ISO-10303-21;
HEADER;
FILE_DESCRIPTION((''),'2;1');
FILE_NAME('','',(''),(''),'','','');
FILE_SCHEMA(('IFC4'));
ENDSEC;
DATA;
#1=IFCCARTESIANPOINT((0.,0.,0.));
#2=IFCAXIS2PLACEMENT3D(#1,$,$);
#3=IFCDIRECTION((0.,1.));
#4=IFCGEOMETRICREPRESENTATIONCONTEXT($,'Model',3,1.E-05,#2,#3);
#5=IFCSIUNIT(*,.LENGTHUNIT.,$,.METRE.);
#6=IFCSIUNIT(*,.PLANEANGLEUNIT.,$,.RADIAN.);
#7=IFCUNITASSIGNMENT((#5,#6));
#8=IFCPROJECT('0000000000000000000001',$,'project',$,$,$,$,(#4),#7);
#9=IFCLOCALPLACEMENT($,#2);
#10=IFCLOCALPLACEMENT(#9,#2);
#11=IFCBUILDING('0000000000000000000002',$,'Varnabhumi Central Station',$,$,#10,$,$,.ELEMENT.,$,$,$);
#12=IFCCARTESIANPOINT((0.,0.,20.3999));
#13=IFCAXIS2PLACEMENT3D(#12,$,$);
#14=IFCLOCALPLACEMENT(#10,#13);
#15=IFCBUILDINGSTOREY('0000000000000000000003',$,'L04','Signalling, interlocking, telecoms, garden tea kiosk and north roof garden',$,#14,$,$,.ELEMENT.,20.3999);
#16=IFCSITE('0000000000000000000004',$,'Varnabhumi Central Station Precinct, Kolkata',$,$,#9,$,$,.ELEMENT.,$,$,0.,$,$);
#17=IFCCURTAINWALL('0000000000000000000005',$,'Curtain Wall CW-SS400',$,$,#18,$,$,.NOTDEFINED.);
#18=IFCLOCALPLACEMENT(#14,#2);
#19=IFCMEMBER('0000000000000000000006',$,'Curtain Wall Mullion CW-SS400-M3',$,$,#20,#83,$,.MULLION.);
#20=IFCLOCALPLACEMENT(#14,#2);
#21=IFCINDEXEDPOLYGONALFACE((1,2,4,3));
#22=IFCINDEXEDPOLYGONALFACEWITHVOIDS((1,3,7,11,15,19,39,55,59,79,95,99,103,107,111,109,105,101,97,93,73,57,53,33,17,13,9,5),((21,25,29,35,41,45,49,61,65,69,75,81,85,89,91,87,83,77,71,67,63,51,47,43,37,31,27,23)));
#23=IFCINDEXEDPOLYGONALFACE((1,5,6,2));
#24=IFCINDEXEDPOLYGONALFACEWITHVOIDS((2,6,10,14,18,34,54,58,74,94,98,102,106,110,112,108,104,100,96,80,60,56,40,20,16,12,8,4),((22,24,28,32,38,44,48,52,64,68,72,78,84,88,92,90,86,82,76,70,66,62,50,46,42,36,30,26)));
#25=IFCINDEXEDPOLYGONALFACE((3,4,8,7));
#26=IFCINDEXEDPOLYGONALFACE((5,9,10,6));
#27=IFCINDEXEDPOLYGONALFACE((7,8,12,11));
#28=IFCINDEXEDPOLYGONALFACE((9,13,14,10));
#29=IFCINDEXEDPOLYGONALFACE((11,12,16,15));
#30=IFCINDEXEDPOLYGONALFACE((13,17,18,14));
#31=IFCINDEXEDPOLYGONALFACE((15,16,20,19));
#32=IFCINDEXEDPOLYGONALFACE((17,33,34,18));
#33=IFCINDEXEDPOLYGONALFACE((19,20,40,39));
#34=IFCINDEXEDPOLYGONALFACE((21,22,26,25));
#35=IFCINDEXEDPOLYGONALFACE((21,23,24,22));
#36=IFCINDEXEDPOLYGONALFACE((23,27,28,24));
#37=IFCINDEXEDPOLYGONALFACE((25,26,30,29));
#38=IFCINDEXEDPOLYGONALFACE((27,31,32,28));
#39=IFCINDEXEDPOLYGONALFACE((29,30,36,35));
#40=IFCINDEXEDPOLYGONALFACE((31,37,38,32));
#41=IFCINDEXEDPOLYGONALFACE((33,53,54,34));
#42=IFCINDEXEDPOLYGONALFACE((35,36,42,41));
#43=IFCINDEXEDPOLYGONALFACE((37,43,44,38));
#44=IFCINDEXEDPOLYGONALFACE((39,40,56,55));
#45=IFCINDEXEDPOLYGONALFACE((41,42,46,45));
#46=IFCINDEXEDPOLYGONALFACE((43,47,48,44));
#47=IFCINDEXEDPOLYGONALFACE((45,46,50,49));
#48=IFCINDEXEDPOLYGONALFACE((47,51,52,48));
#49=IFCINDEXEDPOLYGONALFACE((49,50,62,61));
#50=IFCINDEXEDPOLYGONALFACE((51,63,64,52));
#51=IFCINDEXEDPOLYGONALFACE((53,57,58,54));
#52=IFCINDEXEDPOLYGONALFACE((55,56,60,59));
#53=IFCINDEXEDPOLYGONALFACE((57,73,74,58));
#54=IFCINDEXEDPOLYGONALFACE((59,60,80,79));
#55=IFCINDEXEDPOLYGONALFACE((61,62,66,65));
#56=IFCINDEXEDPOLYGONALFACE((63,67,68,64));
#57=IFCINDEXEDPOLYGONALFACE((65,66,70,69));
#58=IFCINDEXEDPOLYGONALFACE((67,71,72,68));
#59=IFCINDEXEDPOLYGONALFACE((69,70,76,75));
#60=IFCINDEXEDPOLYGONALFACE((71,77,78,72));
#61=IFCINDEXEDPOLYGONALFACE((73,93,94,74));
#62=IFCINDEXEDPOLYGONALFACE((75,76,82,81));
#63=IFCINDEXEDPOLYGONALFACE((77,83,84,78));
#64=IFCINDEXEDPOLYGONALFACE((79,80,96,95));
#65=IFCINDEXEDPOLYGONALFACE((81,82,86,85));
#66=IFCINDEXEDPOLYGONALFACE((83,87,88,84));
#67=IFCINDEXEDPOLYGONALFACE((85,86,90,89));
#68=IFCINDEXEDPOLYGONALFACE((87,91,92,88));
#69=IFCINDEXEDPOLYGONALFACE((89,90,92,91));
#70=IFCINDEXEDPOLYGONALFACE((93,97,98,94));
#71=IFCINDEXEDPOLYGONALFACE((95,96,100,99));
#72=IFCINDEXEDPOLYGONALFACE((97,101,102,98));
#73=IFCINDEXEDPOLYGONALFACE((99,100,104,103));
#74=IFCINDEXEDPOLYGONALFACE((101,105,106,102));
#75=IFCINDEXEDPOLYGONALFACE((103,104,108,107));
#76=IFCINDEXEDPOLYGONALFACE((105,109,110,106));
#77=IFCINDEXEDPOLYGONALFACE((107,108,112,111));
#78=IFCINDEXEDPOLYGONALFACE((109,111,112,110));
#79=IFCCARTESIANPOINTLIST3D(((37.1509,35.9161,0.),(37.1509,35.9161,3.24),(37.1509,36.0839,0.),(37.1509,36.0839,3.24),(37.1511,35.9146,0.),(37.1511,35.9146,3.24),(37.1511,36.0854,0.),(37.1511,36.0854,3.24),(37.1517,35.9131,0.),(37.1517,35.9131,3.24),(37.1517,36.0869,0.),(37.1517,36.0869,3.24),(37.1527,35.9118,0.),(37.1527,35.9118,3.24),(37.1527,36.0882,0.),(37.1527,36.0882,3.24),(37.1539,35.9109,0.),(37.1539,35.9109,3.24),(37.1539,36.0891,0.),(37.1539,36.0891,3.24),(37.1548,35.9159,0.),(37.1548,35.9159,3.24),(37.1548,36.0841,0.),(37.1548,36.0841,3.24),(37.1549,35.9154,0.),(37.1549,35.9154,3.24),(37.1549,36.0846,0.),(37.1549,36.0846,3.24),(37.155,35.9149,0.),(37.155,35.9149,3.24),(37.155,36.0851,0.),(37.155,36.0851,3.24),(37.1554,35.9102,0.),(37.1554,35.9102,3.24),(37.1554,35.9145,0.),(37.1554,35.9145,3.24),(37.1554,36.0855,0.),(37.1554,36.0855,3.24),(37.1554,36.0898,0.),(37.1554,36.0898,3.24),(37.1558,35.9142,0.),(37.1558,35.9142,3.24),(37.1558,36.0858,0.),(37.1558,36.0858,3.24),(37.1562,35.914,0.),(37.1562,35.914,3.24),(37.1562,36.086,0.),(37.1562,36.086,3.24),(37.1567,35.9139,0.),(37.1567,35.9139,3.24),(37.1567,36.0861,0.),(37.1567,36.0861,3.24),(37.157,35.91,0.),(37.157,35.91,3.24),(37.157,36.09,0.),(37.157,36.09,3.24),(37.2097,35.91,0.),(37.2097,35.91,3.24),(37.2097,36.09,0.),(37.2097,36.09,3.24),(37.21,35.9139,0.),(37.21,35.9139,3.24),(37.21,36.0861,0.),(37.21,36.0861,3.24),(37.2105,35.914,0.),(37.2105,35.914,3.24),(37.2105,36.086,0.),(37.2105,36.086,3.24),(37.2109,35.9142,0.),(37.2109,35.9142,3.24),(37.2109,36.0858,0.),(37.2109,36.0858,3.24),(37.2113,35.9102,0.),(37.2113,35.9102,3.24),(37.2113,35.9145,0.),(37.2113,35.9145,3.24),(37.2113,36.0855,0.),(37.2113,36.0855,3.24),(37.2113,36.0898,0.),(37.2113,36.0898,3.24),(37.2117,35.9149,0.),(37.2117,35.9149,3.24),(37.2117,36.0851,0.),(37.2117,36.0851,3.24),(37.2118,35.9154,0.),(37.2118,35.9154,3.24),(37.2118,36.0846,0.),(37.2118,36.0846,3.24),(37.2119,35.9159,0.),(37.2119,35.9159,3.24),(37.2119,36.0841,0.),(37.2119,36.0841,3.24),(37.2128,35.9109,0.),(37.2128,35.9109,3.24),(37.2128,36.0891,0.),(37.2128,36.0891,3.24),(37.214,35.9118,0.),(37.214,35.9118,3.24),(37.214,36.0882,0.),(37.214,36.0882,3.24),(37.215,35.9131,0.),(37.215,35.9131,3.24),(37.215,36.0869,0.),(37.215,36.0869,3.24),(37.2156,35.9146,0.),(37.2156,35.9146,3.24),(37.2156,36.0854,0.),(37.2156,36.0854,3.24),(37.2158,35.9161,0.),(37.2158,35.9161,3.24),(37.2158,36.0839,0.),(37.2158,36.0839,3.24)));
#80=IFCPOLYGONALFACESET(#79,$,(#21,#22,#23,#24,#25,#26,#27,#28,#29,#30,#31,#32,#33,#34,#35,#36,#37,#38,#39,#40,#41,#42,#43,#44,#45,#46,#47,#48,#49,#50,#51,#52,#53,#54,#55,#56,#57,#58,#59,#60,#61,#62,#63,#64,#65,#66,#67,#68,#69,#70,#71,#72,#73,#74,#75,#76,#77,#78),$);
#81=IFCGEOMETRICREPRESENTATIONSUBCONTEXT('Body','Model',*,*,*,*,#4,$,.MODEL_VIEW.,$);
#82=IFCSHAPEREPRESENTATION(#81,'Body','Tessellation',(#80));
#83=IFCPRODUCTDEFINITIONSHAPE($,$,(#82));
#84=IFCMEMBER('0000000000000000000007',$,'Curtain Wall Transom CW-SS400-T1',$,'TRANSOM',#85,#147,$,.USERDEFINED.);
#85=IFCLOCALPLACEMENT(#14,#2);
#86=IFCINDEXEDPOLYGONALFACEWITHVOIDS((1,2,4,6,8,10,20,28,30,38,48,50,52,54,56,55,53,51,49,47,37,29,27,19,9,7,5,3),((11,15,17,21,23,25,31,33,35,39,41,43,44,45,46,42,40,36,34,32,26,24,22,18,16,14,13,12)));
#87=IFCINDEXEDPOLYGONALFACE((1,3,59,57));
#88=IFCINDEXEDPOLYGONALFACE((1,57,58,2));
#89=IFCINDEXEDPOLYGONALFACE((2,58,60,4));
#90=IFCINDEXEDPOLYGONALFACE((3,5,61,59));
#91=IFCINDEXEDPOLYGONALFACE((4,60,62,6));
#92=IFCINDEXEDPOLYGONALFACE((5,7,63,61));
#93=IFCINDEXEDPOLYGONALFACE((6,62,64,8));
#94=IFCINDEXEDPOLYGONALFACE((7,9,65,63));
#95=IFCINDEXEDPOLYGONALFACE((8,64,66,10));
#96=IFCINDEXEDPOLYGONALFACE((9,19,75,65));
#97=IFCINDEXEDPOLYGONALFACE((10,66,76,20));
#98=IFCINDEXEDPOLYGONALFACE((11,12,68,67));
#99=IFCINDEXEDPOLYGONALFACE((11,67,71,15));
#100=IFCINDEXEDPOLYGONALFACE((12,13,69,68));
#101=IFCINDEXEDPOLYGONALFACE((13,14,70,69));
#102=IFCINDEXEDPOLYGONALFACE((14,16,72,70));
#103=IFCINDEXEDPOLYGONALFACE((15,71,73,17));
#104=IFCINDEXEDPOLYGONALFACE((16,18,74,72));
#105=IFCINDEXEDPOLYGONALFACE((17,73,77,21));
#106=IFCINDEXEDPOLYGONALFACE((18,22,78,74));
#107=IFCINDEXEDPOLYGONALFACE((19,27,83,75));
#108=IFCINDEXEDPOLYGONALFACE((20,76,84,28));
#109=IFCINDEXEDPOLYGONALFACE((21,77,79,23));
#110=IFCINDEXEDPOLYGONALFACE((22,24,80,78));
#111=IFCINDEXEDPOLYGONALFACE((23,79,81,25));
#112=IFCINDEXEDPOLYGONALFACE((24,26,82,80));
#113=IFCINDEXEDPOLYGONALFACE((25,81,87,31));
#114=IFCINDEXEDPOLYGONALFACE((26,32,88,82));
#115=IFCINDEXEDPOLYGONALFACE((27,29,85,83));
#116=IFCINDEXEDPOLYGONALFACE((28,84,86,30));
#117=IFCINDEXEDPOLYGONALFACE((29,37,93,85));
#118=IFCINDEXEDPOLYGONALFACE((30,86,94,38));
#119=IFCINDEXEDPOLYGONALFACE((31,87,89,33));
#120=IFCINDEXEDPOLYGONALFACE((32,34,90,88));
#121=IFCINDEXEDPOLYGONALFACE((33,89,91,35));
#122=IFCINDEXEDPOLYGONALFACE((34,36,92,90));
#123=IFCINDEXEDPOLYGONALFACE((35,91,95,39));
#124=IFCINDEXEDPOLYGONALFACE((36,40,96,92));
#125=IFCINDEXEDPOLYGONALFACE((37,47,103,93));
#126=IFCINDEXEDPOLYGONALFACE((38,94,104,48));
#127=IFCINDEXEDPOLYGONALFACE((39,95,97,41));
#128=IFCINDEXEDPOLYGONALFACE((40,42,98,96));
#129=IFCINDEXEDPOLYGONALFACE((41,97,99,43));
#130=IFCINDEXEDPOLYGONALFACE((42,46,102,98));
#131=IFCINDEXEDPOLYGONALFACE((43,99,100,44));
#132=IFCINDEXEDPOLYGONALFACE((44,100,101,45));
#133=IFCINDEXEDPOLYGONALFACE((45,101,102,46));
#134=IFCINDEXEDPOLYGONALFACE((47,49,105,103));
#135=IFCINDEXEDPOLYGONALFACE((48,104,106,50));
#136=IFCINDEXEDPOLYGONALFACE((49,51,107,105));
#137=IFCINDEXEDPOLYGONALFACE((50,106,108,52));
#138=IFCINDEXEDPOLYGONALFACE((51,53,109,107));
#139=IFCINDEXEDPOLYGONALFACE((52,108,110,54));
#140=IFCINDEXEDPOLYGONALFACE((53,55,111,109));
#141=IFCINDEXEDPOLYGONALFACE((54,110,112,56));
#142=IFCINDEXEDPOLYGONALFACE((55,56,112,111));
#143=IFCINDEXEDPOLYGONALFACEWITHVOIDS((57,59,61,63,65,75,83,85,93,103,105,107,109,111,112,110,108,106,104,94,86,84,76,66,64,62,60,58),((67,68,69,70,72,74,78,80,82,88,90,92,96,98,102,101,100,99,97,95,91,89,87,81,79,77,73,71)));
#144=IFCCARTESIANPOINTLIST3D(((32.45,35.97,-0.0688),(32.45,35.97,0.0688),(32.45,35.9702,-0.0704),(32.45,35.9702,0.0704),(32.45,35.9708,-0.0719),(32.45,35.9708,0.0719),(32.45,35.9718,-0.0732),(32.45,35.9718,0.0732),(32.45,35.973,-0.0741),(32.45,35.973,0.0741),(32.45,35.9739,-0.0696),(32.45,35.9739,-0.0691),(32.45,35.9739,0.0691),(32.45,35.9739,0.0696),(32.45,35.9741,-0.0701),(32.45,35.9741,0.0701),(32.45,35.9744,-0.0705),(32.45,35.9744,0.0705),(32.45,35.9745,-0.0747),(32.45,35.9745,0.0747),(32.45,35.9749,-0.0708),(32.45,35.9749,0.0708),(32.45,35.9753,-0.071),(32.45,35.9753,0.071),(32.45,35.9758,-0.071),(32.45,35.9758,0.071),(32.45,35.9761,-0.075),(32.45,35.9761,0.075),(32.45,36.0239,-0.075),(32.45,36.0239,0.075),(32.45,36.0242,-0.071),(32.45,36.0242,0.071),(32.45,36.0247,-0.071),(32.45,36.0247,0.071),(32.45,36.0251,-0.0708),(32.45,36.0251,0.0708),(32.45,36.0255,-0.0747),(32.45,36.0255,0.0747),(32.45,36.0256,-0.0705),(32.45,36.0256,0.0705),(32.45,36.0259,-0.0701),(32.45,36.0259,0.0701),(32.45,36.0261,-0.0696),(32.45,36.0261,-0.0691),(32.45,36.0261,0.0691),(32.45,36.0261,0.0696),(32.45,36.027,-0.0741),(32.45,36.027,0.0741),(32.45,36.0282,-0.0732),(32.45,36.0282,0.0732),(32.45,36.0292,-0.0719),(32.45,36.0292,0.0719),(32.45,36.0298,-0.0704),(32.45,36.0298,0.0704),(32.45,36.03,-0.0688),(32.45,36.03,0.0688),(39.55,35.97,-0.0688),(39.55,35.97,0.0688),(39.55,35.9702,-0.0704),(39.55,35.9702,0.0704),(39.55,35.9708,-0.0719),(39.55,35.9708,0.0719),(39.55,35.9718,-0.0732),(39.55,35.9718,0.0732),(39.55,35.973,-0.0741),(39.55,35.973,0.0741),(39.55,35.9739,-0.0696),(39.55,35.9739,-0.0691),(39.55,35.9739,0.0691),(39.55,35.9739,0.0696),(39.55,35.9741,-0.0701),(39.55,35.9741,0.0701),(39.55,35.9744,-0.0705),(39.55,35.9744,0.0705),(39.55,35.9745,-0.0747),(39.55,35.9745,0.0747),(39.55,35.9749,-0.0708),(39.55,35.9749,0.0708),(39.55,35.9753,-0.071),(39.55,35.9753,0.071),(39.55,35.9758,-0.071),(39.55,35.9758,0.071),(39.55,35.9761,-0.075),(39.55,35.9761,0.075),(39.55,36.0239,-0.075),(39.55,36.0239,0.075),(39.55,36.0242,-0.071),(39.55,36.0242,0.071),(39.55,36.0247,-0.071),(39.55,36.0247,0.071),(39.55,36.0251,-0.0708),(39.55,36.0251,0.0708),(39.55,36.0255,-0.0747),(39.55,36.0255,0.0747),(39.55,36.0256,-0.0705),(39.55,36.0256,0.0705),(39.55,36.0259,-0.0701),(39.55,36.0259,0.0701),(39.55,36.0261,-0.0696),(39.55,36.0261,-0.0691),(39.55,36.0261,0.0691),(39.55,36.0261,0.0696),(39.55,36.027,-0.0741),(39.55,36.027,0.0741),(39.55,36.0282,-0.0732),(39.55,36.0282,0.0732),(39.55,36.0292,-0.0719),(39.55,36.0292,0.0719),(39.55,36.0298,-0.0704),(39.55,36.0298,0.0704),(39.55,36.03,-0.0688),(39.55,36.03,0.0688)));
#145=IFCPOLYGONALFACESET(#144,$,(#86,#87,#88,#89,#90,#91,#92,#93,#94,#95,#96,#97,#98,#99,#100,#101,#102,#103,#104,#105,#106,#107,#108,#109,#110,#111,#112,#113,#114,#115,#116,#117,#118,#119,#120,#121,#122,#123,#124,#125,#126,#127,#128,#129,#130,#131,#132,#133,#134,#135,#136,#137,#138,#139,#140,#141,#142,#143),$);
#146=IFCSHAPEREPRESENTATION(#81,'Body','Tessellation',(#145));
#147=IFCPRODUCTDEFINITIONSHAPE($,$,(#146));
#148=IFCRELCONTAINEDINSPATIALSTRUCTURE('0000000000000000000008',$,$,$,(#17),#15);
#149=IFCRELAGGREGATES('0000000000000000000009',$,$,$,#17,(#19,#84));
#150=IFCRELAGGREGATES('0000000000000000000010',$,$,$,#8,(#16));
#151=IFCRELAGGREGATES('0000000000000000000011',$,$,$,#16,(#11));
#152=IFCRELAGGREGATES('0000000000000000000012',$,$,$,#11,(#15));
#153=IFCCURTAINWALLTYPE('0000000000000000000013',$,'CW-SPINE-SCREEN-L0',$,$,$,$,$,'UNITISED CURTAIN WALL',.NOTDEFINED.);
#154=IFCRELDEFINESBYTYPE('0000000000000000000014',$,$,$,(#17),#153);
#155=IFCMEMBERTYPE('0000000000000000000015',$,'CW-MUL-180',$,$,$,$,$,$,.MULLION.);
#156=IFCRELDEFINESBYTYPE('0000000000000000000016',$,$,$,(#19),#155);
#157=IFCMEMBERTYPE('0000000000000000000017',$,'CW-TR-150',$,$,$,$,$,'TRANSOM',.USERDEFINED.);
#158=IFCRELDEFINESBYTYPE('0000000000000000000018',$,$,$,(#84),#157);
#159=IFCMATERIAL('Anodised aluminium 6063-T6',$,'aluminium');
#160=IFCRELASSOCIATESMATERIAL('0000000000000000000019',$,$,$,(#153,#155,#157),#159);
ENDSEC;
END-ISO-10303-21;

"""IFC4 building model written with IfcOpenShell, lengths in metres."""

from ifc_helpers import new_model, si_unit, direction, frame, origin, origin_2d, place, context, subcontext, project, spatial, hollow_rectangle, extrude, material, material_profile, profile_set, type_object, element, aggregate, save


model = new_model("IFC4")

# Units and contexts
model_context = context("Model", 3, precision=1e-05, world=origin(), true_north=direction((0.0, 1.0)))
body_context = subcontext(model_context, "Body", "Model", "MODEL_VIEW")
ifc_project = project(units=[si_unit("LENGTHUNIT", "METRE"), si_unit("PLANEANGLEUNIT", "RADIAN")], contexts=[model_context])

# Site, building, storey
site_placement = place(None, origin())
site = spatial("IfcSite", under=ifc_project, at=site_placement, Name="Varnabhumi Central Station Precinct, Kolkata", CompositionType="ELEMENT", RefElevation=0.0)
building_placement = place(site_placement, origin())
building = spatial("IfcBuilding", under=site, at=building_placement, Name="Varnabhumi Central Station", CompositionType="ELEMENT")
storey_placement = place(building_placement, frame((0.0, 0.0, 20.3999)))
storey = spatial("IfcBuildingStorey", under=building, at=storey_placement, Name="L04", Description="Signalling, interlocking, telecoms, garden tea kiosk and north roof garden", CompositionType="ELEMENT", Elevation=20.3999)

# Curtain wall, members
ifc_material_1 = material(Name="Anodised aluminium 6063-T6", Category="aluminium")
curtain_wall_type = type_object("IfcCurtainWallType", Name="CW-SPINE-SCREEN-L0", ElementType="UNITISED CURTAIN WALL", PredefinedType="NOTDEFINED", material=ifc_material_1)
curtain_wall_placement = place(storey_placement, origin())
curtain_wall = element("IfcCurtainWall", 1, at=curtain_wall_placement, inside=storey, type_object=curtain_wall_type, Name="Curtain Wall CW-SS400", PredefinedType="NOTDEFINED")
ifc_material_profile_1 = material_profile(ifc_material_1, hollow_rectangle(XDim=0.0649, YDim=0.1799, WallThickness=0.0039, InnerFilletRadius=0.002, OuterFilletRadius=0.0061, at=origin_2d()), Name="Anodised aluminium 6063-T6", Category="aluminium")
ifc_profile_set_1 = profile_set([ifc_material_profile_1], Name="Anodised aluminium 6063-T6")
member_type_1 = type_object("IfcMemberType", Name="CW-MUL-180", PredefinedType="MULLION", material=ifc_profile_set_1)
member_1_placement = place(storey_placement, frame((37.1833, 36.0, 0.0), z_axis=(0.0, 0.0, 1.0), x_axis=(1.0, 0.0, 0.0)))
member_1 = element("IfcMember", 2, at=member_1_placement, type_object=member_type_1, Name="Curtain Wall Mullion CW-SS400-M3", PredefinedType="MULLION", context=body_context, shape_type="SweptSolid", body=[
    extrude(hollow_rectangle(XDim=0.0649, YDim=0.1799, WallThickness=0.0039, InnerFilletRadius=0.002, OuterFilletRadius=0.0061, at=origin_2d()), origin(), (0.0, 0.0, 1.0), 3.24),
])
ifc_material_profile_2 = material_profile(ifc_material_1, hollow_rectangle(XDim=0.0601, YDim=0.1499, WallThickness=0.0039, InnerFilletRadius=0.002, OuterFilletRadius=0.0061, at=origin_2d()), Name="Anodised aluminium 6063-T6", Category="aluminium")
ifc_profile_set_2 = profile_set([ifc_material_profile_2], Name="Anodised aluminium 6063-T6")
member_type_2 = type_object("IfcMemberType", Name="CW-TR-150", ElementType="TRANSOM", PredefinedType="USERDEFINED", material=ifc_profile_set_2)
member_2_placement = place(storey_placement, frame((32.45, 36.0, 0.0), z_axis=(1.0, 0.0, 0.0), x_axis=(0.0, 1.0, 0.0)))
member_2 = element("IfcMember", 3, at=member_2_placement, type_object=member_type_2, Name="Curtain Wall Transom CW-SS400-T1", ObjectType="TRANSOM", PredefinedType="USERDEFINED", context=body_context, shape_type="SweptSolid", body=[
    extrude(hollow_rectangle(XDim=0.0601, YDim=0.1499, WallThickness=0.0039, InnerFilletRadius=0.002, OuterFilletRadius=0.0061, at=origin_2d()), origin(), (0.0, 0.0, 1.0), 7.1001),
])
aggregate(curtain_wall, [member_1, member_2])

save(model, "model.ifc")
